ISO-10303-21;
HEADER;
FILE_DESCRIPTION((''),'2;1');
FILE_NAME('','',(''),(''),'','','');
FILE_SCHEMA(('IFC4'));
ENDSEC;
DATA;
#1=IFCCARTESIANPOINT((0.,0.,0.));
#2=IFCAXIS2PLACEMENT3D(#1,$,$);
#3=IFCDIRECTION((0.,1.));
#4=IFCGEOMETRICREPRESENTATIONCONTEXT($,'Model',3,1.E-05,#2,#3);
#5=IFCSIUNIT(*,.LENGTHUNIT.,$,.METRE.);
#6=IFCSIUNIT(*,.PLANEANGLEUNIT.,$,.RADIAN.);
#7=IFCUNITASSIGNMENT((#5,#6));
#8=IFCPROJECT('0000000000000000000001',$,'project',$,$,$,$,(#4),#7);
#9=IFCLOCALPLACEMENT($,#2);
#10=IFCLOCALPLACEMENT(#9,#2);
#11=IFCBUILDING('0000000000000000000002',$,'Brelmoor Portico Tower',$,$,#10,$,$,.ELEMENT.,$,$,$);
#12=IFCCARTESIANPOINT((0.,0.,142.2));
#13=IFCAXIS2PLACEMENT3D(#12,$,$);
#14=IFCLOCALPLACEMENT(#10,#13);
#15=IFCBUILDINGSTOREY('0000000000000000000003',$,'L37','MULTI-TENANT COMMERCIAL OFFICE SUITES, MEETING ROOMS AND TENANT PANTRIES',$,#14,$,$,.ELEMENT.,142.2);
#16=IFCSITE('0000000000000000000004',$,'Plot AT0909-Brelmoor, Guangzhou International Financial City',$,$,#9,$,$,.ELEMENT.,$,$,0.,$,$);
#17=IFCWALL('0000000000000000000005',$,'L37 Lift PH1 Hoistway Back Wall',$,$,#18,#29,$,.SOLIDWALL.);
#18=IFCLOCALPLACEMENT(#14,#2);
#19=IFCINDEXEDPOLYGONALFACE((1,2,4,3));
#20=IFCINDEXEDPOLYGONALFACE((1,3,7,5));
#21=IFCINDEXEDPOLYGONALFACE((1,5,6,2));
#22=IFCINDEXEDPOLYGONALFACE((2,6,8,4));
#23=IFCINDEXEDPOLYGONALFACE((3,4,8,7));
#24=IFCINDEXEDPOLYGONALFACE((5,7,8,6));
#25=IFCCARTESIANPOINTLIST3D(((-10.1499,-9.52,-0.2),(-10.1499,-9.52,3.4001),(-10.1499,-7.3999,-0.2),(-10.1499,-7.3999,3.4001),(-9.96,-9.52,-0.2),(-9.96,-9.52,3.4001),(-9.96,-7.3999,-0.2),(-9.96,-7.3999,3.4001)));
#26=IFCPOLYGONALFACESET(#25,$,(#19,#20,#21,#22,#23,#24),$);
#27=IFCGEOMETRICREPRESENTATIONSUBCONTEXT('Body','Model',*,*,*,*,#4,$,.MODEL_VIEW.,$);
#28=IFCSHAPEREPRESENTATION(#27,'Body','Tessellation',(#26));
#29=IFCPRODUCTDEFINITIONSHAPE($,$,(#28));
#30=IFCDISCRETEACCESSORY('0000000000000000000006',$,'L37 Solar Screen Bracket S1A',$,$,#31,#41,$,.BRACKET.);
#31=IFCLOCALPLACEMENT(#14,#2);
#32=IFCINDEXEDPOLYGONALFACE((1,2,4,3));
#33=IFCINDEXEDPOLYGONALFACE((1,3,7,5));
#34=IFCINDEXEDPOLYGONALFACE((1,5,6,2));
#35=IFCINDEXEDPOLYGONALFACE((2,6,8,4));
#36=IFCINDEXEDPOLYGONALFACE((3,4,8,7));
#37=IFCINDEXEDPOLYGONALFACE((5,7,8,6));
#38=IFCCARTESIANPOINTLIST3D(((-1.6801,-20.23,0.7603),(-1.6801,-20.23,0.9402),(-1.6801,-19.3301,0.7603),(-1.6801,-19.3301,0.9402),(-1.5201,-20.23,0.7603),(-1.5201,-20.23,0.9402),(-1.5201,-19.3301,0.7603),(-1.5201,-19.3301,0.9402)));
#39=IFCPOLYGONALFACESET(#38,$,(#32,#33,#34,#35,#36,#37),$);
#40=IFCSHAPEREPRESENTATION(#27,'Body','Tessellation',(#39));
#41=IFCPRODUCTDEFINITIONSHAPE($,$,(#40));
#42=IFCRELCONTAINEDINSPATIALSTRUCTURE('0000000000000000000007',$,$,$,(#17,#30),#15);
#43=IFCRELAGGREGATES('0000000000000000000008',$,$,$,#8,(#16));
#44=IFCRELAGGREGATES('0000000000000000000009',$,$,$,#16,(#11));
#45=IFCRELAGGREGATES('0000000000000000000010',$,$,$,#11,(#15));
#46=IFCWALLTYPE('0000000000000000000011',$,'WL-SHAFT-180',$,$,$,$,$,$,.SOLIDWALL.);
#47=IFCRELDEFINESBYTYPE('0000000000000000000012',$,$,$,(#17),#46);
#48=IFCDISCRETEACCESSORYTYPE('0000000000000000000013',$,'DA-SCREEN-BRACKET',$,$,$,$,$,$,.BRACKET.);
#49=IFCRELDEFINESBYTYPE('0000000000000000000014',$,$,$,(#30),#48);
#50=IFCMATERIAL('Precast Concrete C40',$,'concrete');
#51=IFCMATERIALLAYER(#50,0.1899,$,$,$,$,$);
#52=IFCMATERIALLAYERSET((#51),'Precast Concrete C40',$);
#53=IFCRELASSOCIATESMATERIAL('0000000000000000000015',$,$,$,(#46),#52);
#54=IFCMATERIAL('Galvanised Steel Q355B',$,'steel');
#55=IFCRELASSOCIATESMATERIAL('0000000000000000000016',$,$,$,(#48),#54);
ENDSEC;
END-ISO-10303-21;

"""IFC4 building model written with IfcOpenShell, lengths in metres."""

from ifc_helpers import new_model, si_unit, direction, frame, frame_2d, origin, origin_2d, place, context, subcontext, project, spatial, rectangle, extrude, material, layer, layer_set, type_object, element, save


model = new_model("IFC4")

# Units and contexts
model_context = context("Model", 3, precision=1e-05, world=origin(), true_north=direction((0.0, 1.0)))
body_context = subcontext(model_context, "Body", "Model", "MODEL_VIEW")
ifc_project = project(units=[si_unit("LENGTHUNIT", "METRE"), si_unit("PLANEANGLEUNIT", "RADIAN")], contexts=[model_context])

# Site, building, storey
site_placement = place(None, origin())
site = spatial("IfcSite", under=ifc_project, at=site_placement, Name="Plot AT0909-Brelmoor, Guangzhou International Financial City", CompositionType="ELEMENT", RefElevation=0.0)
building_placement = place(site_placement, origin())
building = spatial("IfcBuilding", under=site, at=building_placement, Name="Brelmoor Portico Tower", CompositionType="ELEMENT")
storey_placement = place(building_placement, frame((0.0, 0.0, 142.2)))
storey = spatial("IfcBuildingStorey", under=building, at=storey_placement, Name="L37", Description="MULTI-TENANT COMMERCIAL OFFICE SUITES, MEETING ROOMS AND TENANT PANTRIES", CompositionType="ELEMENT", Elevation=142.2)

# Wall
ifc_material_1 = material(Name="Precast Concrete C40", Category="concrete")
ifc_layer_1 = layer(ifc_material_1, 0.1899)
ifc_layer_set_1 = layer_set([ifc_layer_1], Name="Precast Concrete C40")
wall_type_1 = type_object("IfcWallType", Name="WL-SHAFT-180", PredefinedType="SOLIDWALL", material=ifc_layer_set_1)
wall_1_placement = place(storey_placement, frame((-10.0549, -9.52, -0.2), z_axis=(0.0, 0.0, 1.0), x_axis=(0.0, 1.0, 0.0)))
element("IfcWall", 1, at=wall_1_placement, inside=storey, type_object=wall_type_1, Name="L37 Lift PH1 Hoistway Back Wall", PredefinedType="SOLIDWALL", context=body_context, shape_type="SweptSolid", body=[
    extrude(rectangle(XDim=2.1201, YDim=0.1899, at=frame_2d((1.0601, 0.0))), origin(), (0.0, 0.0, 1.0), 3.6001),
])

# Discrete accessory
ifc_material_2 = material(Name="Galvanised Steel Q355B", Category="steel")
discrete_accessory_type = type_object("IfcDiscreteAccessoryType", Name="DA-SCREEN-BRACKET", PredefinedType="BRACKET", material=ifc_material_2)
discrete_accessory_placement = place(storey_placement, frame((-1.6001, -19.78, 0.7603), z_axis=(0.0, 0.0, 1.0), x_axis=(1.0, 0.0, 0.0)))
element("IfcDiscreteAccessory", 2, at=discrete_accessory_placement, inside=storey, type_object=discrete_accessory_type, Name="L37 Solar Screen Bracket S1A", PredefinedType="BRACKET", context=body_context, shape_type="SweptSolid", body=[
    extrude(rectangle(XDim=0.1599, YDim=0.8999, at=origin_2d()), origin(), (0.0, 0.0, 1.0), 0.1799),
])

save(model, "model.ifc")
